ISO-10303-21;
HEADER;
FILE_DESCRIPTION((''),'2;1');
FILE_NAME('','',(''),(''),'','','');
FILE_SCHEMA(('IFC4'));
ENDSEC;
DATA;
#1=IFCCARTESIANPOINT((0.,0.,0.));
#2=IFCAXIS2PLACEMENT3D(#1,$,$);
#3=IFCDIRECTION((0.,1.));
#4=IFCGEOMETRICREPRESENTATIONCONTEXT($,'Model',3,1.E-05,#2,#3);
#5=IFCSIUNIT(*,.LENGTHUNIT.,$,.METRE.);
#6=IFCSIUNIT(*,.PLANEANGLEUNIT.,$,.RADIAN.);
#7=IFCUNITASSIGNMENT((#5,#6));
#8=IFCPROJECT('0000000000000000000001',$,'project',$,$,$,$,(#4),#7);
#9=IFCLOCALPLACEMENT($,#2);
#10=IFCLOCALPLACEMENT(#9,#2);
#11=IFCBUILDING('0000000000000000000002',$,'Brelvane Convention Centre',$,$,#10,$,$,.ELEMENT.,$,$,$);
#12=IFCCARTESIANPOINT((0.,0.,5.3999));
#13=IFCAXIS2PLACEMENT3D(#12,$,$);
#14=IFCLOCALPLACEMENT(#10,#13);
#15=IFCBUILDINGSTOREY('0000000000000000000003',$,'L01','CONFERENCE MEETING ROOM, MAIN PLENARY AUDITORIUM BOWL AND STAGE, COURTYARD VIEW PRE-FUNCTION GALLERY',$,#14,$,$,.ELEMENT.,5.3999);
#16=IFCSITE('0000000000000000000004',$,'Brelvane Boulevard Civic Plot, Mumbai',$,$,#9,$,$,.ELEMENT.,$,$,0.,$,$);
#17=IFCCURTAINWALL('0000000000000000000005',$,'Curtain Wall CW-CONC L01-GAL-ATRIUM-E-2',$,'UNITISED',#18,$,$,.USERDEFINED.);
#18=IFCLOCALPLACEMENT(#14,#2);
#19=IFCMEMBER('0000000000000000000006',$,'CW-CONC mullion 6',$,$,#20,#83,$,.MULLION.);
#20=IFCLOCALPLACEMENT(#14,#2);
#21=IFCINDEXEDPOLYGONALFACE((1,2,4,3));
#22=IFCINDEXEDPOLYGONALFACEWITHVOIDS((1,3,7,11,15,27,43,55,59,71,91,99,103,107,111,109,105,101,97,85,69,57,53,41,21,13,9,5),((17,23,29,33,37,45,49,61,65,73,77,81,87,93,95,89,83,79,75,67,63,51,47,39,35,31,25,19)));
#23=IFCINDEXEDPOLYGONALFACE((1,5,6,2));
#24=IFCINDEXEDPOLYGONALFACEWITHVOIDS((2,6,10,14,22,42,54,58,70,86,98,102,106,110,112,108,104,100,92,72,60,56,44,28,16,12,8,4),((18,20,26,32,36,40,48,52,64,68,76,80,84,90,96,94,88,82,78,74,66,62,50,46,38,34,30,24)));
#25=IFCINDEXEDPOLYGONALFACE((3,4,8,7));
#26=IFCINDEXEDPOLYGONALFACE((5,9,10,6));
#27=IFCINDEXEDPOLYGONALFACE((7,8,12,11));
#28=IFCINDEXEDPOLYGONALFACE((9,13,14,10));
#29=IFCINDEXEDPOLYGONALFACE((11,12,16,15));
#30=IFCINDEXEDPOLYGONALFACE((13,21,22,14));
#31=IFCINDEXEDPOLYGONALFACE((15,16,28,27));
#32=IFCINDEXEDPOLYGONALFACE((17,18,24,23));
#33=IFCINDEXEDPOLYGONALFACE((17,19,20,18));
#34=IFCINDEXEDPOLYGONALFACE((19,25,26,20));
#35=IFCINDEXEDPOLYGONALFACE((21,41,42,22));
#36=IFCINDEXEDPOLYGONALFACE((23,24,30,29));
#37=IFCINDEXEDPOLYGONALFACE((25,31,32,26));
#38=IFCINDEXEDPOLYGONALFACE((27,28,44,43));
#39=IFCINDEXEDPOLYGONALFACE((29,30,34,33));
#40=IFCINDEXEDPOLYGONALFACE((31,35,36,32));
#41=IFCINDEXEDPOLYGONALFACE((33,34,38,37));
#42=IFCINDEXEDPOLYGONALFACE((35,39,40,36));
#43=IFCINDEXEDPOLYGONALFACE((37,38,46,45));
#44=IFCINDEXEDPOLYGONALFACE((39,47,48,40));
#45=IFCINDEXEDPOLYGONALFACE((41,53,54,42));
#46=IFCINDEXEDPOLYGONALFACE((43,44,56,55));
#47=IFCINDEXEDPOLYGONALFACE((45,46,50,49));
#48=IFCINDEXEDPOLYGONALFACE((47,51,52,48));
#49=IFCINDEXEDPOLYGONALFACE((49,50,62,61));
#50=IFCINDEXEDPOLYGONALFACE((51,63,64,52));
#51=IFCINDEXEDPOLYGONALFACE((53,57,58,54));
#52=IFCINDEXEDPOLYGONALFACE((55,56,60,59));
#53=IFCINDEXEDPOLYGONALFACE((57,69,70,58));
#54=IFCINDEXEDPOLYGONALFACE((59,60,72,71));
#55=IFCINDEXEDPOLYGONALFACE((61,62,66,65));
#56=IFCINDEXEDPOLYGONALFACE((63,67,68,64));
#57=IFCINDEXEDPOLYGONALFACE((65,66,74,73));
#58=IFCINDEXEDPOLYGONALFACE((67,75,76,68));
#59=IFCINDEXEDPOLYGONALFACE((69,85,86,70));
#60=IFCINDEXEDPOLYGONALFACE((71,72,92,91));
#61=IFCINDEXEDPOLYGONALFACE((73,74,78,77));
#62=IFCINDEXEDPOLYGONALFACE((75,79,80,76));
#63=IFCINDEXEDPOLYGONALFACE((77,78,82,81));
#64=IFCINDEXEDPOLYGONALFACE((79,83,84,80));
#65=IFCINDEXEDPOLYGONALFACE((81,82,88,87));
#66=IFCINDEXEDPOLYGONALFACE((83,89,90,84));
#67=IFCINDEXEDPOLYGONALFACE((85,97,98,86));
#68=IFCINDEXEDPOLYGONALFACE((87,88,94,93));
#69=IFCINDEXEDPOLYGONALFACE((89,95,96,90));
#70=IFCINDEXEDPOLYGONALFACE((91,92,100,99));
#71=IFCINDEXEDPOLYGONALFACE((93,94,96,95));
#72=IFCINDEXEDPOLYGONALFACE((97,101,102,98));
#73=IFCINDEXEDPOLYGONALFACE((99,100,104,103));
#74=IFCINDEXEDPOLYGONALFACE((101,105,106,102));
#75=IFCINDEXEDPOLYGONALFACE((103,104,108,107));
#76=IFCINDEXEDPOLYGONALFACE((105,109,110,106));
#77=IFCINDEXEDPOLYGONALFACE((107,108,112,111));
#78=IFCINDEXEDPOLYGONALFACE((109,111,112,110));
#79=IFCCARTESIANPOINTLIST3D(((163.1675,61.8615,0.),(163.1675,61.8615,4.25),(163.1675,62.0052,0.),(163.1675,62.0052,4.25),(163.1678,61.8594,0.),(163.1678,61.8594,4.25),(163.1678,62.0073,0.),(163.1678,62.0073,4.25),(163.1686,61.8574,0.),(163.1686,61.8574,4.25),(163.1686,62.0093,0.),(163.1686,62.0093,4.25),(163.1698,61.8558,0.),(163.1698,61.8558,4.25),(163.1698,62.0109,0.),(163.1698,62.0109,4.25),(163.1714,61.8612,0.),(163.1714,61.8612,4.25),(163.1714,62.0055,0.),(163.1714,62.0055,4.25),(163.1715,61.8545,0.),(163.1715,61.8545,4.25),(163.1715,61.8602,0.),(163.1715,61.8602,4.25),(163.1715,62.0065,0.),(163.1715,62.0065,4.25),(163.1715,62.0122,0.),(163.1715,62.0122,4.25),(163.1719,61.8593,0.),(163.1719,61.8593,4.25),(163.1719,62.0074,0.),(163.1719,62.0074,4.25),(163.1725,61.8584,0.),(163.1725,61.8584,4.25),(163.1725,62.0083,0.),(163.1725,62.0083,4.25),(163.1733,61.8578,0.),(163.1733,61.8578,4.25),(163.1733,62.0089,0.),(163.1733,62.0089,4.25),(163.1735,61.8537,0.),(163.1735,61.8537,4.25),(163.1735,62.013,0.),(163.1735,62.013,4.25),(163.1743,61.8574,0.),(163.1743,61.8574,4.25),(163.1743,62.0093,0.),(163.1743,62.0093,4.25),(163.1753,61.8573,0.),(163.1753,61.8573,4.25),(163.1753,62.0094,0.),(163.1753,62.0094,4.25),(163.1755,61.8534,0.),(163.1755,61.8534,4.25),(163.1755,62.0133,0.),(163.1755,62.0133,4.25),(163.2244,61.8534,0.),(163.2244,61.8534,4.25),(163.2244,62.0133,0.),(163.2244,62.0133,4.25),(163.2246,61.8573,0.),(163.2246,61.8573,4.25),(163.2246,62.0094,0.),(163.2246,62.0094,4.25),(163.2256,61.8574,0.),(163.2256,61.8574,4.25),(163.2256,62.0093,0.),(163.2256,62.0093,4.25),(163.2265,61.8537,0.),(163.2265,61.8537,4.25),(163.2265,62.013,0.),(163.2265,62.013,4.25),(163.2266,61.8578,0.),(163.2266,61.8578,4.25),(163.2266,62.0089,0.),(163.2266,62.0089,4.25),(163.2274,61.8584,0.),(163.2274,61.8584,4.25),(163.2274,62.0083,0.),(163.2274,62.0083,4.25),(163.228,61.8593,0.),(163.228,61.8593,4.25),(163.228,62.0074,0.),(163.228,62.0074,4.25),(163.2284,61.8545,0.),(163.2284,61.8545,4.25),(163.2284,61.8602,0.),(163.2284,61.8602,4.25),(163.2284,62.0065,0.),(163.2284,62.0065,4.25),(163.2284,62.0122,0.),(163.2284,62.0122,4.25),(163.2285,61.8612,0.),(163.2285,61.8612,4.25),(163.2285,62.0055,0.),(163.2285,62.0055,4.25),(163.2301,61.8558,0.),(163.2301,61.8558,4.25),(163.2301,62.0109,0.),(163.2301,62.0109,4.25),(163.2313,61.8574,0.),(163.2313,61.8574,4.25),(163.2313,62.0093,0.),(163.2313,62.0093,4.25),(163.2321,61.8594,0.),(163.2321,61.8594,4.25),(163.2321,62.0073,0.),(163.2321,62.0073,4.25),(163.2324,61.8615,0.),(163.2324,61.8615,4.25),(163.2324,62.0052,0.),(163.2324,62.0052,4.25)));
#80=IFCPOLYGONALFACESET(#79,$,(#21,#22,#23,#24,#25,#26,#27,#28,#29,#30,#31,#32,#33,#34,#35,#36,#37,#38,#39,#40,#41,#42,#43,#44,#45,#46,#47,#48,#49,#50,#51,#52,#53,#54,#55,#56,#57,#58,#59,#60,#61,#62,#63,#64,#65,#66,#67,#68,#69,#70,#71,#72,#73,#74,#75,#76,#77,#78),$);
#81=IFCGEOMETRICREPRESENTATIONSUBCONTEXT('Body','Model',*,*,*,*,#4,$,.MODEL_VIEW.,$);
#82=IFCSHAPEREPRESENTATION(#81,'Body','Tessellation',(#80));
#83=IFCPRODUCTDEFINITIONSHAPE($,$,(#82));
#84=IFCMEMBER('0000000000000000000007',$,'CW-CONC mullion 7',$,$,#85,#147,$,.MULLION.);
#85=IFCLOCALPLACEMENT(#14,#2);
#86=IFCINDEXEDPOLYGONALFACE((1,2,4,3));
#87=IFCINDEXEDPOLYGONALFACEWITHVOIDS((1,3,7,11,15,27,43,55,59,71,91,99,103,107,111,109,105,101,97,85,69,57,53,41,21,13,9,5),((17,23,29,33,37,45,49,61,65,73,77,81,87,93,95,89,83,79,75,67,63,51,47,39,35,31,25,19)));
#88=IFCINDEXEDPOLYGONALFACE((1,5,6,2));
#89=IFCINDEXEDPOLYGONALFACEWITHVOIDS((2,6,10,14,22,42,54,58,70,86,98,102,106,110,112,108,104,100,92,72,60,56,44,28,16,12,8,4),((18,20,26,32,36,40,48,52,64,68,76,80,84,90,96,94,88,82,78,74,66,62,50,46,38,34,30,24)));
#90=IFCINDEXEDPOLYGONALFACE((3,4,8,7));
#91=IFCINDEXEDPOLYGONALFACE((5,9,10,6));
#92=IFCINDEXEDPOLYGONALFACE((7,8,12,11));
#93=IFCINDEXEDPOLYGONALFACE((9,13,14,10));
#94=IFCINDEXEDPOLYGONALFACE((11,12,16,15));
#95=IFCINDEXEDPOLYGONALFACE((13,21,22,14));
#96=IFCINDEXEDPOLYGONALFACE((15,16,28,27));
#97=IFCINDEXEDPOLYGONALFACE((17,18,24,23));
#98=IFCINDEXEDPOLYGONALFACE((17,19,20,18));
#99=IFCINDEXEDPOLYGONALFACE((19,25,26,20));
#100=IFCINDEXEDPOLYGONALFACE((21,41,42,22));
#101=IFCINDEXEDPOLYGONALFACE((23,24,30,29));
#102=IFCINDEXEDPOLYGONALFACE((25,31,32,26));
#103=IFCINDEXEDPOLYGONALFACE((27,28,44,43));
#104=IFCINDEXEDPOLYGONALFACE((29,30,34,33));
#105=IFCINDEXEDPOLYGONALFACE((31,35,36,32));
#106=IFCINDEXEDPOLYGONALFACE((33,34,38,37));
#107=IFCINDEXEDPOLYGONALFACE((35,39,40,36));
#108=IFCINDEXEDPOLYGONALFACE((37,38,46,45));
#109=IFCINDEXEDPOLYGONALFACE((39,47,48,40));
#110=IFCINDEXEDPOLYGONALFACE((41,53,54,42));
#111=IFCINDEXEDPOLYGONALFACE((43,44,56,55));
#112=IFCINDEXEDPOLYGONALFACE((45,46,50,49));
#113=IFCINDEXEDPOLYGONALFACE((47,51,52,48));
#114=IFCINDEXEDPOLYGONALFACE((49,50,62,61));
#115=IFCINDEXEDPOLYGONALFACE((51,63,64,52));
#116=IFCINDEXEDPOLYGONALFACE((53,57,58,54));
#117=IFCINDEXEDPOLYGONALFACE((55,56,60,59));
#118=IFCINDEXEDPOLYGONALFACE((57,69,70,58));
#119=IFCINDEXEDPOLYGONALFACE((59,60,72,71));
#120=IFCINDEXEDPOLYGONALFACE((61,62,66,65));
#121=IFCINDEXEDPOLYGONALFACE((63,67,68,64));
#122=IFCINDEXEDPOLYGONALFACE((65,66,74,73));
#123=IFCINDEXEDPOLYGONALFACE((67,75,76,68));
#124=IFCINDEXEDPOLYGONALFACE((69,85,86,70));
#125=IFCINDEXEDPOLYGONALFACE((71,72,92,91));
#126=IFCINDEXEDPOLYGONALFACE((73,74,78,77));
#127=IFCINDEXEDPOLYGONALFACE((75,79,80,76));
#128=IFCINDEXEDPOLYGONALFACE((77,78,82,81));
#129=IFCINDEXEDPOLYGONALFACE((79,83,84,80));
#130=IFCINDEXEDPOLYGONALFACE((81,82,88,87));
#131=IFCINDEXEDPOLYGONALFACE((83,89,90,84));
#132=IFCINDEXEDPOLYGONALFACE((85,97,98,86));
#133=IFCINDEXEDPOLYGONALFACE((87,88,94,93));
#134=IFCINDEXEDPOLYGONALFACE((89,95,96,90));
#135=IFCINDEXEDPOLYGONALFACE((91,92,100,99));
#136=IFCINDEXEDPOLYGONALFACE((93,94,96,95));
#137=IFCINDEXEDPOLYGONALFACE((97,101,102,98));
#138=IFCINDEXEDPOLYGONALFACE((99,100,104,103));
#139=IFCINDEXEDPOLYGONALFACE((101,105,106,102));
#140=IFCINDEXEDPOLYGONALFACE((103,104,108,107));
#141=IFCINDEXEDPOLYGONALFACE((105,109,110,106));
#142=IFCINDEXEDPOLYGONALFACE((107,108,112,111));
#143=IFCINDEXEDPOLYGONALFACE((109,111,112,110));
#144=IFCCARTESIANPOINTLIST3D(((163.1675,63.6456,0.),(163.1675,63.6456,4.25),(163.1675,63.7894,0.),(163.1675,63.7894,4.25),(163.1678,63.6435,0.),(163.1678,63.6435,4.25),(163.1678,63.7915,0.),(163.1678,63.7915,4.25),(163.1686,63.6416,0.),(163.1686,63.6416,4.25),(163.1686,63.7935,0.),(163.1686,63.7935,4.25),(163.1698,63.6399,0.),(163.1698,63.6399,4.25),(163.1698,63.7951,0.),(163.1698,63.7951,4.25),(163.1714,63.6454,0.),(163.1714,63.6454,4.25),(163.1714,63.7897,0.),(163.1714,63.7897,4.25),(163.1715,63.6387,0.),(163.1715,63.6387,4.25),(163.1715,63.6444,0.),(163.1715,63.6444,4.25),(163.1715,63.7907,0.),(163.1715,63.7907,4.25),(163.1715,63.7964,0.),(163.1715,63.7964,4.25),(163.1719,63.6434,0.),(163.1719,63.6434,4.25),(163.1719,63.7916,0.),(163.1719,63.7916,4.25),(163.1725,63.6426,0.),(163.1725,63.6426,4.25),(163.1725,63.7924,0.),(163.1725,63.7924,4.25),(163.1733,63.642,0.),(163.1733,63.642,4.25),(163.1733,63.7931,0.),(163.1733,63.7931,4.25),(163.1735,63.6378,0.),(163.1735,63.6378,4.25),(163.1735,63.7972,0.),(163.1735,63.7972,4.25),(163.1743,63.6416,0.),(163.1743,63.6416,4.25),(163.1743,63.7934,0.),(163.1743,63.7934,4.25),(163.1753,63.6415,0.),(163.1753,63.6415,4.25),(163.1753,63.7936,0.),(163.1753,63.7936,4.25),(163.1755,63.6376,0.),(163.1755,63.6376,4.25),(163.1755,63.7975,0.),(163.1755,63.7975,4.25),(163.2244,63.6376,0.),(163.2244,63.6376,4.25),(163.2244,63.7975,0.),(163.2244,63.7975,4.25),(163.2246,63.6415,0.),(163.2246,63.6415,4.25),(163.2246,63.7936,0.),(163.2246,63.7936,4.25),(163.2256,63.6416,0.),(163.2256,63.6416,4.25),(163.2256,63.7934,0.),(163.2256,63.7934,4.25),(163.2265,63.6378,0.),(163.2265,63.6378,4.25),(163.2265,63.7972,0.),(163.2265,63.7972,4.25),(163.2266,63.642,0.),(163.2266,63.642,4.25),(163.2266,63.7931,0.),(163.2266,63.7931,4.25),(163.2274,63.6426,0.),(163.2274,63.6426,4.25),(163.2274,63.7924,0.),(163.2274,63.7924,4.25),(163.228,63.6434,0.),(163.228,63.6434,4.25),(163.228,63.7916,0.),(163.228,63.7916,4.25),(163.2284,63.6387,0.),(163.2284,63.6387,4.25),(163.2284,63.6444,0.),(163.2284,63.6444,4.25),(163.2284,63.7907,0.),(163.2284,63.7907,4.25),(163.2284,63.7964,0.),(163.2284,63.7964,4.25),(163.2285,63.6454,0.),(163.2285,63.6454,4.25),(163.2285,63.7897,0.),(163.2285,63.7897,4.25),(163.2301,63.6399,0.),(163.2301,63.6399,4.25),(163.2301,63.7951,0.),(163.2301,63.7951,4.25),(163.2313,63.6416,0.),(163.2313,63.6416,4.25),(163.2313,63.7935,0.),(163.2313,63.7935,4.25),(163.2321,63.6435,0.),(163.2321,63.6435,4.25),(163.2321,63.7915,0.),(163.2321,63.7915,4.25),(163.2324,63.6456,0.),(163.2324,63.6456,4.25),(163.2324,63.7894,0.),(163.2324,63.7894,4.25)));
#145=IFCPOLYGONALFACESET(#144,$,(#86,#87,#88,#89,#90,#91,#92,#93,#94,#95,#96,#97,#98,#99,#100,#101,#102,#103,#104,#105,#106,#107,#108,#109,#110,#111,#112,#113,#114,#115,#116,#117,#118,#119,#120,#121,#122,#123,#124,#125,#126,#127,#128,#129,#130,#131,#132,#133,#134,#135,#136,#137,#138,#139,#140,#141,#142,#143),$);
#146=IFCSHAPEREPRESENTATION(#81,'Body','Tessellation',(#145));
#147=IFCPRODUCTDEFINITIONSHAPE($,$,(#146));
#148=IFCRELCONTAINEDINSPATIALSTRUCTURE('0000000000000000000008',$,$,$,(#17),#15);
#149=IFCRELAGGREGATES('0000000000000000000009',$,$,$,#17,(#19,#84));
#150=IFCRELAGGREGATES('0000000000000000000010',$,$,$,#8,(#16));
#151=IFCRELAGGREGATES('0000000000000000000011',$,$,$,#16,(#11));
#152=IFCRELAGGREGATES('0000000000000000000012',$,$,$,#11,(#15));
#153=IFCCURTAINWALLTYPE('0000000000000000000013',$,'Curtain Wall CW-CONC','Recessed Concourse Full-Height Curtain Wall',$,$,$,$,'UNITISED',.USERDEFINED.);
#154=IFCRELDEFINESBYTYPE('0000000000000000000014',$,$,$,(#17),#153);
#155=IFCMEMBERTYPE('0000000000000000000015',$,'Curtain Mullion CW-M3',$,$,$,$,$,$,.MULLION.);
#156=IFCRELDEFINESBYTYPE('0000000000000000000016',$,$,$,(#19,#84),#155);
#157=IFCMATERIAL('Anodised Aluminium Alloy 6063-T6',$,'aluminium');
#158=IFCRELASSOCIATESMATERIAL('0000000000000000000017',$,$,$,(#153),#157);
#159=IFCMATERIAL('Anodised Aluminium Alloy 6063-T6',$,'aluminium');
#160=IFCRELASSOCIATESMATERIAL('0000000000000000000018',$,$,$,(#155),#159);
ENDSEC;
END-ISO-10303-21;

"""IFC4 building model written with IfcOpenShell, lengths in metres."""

from ifc_helpers import new_model, si_unit, direction, frame, origin, origin_2d, place, context, subcontext, project, spatial, hollow_rectangle, extrude, material, material_profile, profile_set, type_object, element, aggregate, save


model = new_model("IFC4")

# Units and contexts
model_context = context("Model", 3, precision=1e-05, world=origin(), true_north=direction((0.0, 1.0)))
body_context = subcontext(model_context, "Body", "Model", "MODEL_VIEW")
ifc_project = project(units=[si_unit("LENGTHUNIT", "METRE"), si_unit("PLANEANGLEUNIT", "RADIAN")], contexts=[model_context])

# Site, building, storey
site_placement = place(None, origin())
site = spatial("IfcSite", under=ifc_project, at=site_placement, Name="Brelvane Boulevard Civic Plot, Mumbai", CompositionType="ELEMENT", RefElevation=0.0)
building_placement = place(site_placement, origin())
building = spatial("IfcBuilding", under=site, at=building_placement, Name="Brelvane Convention Centre", CompositionType="ELEMENT")
storey_placement = place(building_placement, frame((0.0, 0.0, 5.3999)))
storey = spatial("IfcBuildingStorey", under=building, at=storey_placement, Name="L01", Description="CONFERENCE MEETING ROOM, MAIN PLENARY AUDITORIUM BOWL AND STAGE, COURTYARD VIEW PRE-FUNCTION GALLERY", CompositionType="ELEMENT", Elevation=5.3999)

# Curtain wall, members
ifc_material_1 = material(Name="Anodised Aluminium Alloy 6063-T6", Category="aluminium")
curtain_wall_type = type_object("IfcCurtainWallType", Name="Curtain Wall CW-CONC", Description="Recessed Concourse Full-Height Curtain Wall", ElementType="UNITISED", PredefinedType="USERDEFINED", material=ifc_material_1)
curtain_wall_1_placement = place(storey_placement, origin())
curtain_wall_1 = element("IfcCurtainWall", 1, at=curtain_wall_1_placement, inside=storey, type_object=curtain_wall_type, Name="Curtain Wall CW-CONC L01-GAL-ATRIUM-E-2", ObjectType="UNITISED", PredefinedType="USERDEFINED")
ifc_material_2 = material(Name="Anodised Aluminium Alloy 6063-T6", Category="aluminium")
ifc_material_profile_1 = material_profile(ifc_material_2, hollow_rectangle(XDim=0.0649, YDim=0.1599, WallThickness=0.0039, InnerFilletRadius=0.0039, OuterFilletRadius=0.0081, at=origin_2d()), Name="ALU-M 160x65x4.0")
ifc_profile_set_1 = profile_set([ifc_material_profile_1], Name="Anodised Aluminium Alloy 6063-T6")
member_type_1 = type_object("IfcMemberType", Name="Curtain Mullion CW-M3", PredefinedType="MULLION", material=ifc_profile_set_1)
member_1_placement = place(storey_placement, frame((163.2, 61.9333, 0.0), z_axis=(0.0, 0.0, 1.0), x_axis=(-1.0, 0.0, 0.0)))
member_1 = element("IfcMember", 2, at=member_1_placement, type_object=member_type_1, Name="CW-CONC mullion 6", PredefinedType="MULLION", context=body_context, shape_type="SweptSolid", body=[
    extrude(hollow_rectangle(XDim=0.0649, YDim=0.1599, WallThickness=0.0039, InnerFilletRadius=0.0039, OuterFilletRadius=0.0081, at=origin_2d()), origin(), (0.0, 0.0, 1.0), 4.25),
])
member_2_placement = place(storey_placement, frame((163.2, 63.7175, 0.0), z_axis=(0.0, 0.0, 1.0), x_axis=(-1.0, 0.0, 0.0)))
member_2 = element("IfcMember", 3, at=member_2_placement, type_object=member_type_1, Name="CW-CONC mullion 7", PredefinedType="MULLION", context=body_context, shape_type="SweptSolid", body=[
    extrude(hollow_rectangle(XDim=0.0649, YDim=0.1599, WallThickness=0.0039, InnerFilletRadius=0.0039, OuterFilletRadius=0.0081, at=origin_2d()), origin(), (0.0, 0.0, 1.0), 4.25),
])

aggregate(curtain_wall_1, [member_1, member_2])

save(model, "model.ifc")
